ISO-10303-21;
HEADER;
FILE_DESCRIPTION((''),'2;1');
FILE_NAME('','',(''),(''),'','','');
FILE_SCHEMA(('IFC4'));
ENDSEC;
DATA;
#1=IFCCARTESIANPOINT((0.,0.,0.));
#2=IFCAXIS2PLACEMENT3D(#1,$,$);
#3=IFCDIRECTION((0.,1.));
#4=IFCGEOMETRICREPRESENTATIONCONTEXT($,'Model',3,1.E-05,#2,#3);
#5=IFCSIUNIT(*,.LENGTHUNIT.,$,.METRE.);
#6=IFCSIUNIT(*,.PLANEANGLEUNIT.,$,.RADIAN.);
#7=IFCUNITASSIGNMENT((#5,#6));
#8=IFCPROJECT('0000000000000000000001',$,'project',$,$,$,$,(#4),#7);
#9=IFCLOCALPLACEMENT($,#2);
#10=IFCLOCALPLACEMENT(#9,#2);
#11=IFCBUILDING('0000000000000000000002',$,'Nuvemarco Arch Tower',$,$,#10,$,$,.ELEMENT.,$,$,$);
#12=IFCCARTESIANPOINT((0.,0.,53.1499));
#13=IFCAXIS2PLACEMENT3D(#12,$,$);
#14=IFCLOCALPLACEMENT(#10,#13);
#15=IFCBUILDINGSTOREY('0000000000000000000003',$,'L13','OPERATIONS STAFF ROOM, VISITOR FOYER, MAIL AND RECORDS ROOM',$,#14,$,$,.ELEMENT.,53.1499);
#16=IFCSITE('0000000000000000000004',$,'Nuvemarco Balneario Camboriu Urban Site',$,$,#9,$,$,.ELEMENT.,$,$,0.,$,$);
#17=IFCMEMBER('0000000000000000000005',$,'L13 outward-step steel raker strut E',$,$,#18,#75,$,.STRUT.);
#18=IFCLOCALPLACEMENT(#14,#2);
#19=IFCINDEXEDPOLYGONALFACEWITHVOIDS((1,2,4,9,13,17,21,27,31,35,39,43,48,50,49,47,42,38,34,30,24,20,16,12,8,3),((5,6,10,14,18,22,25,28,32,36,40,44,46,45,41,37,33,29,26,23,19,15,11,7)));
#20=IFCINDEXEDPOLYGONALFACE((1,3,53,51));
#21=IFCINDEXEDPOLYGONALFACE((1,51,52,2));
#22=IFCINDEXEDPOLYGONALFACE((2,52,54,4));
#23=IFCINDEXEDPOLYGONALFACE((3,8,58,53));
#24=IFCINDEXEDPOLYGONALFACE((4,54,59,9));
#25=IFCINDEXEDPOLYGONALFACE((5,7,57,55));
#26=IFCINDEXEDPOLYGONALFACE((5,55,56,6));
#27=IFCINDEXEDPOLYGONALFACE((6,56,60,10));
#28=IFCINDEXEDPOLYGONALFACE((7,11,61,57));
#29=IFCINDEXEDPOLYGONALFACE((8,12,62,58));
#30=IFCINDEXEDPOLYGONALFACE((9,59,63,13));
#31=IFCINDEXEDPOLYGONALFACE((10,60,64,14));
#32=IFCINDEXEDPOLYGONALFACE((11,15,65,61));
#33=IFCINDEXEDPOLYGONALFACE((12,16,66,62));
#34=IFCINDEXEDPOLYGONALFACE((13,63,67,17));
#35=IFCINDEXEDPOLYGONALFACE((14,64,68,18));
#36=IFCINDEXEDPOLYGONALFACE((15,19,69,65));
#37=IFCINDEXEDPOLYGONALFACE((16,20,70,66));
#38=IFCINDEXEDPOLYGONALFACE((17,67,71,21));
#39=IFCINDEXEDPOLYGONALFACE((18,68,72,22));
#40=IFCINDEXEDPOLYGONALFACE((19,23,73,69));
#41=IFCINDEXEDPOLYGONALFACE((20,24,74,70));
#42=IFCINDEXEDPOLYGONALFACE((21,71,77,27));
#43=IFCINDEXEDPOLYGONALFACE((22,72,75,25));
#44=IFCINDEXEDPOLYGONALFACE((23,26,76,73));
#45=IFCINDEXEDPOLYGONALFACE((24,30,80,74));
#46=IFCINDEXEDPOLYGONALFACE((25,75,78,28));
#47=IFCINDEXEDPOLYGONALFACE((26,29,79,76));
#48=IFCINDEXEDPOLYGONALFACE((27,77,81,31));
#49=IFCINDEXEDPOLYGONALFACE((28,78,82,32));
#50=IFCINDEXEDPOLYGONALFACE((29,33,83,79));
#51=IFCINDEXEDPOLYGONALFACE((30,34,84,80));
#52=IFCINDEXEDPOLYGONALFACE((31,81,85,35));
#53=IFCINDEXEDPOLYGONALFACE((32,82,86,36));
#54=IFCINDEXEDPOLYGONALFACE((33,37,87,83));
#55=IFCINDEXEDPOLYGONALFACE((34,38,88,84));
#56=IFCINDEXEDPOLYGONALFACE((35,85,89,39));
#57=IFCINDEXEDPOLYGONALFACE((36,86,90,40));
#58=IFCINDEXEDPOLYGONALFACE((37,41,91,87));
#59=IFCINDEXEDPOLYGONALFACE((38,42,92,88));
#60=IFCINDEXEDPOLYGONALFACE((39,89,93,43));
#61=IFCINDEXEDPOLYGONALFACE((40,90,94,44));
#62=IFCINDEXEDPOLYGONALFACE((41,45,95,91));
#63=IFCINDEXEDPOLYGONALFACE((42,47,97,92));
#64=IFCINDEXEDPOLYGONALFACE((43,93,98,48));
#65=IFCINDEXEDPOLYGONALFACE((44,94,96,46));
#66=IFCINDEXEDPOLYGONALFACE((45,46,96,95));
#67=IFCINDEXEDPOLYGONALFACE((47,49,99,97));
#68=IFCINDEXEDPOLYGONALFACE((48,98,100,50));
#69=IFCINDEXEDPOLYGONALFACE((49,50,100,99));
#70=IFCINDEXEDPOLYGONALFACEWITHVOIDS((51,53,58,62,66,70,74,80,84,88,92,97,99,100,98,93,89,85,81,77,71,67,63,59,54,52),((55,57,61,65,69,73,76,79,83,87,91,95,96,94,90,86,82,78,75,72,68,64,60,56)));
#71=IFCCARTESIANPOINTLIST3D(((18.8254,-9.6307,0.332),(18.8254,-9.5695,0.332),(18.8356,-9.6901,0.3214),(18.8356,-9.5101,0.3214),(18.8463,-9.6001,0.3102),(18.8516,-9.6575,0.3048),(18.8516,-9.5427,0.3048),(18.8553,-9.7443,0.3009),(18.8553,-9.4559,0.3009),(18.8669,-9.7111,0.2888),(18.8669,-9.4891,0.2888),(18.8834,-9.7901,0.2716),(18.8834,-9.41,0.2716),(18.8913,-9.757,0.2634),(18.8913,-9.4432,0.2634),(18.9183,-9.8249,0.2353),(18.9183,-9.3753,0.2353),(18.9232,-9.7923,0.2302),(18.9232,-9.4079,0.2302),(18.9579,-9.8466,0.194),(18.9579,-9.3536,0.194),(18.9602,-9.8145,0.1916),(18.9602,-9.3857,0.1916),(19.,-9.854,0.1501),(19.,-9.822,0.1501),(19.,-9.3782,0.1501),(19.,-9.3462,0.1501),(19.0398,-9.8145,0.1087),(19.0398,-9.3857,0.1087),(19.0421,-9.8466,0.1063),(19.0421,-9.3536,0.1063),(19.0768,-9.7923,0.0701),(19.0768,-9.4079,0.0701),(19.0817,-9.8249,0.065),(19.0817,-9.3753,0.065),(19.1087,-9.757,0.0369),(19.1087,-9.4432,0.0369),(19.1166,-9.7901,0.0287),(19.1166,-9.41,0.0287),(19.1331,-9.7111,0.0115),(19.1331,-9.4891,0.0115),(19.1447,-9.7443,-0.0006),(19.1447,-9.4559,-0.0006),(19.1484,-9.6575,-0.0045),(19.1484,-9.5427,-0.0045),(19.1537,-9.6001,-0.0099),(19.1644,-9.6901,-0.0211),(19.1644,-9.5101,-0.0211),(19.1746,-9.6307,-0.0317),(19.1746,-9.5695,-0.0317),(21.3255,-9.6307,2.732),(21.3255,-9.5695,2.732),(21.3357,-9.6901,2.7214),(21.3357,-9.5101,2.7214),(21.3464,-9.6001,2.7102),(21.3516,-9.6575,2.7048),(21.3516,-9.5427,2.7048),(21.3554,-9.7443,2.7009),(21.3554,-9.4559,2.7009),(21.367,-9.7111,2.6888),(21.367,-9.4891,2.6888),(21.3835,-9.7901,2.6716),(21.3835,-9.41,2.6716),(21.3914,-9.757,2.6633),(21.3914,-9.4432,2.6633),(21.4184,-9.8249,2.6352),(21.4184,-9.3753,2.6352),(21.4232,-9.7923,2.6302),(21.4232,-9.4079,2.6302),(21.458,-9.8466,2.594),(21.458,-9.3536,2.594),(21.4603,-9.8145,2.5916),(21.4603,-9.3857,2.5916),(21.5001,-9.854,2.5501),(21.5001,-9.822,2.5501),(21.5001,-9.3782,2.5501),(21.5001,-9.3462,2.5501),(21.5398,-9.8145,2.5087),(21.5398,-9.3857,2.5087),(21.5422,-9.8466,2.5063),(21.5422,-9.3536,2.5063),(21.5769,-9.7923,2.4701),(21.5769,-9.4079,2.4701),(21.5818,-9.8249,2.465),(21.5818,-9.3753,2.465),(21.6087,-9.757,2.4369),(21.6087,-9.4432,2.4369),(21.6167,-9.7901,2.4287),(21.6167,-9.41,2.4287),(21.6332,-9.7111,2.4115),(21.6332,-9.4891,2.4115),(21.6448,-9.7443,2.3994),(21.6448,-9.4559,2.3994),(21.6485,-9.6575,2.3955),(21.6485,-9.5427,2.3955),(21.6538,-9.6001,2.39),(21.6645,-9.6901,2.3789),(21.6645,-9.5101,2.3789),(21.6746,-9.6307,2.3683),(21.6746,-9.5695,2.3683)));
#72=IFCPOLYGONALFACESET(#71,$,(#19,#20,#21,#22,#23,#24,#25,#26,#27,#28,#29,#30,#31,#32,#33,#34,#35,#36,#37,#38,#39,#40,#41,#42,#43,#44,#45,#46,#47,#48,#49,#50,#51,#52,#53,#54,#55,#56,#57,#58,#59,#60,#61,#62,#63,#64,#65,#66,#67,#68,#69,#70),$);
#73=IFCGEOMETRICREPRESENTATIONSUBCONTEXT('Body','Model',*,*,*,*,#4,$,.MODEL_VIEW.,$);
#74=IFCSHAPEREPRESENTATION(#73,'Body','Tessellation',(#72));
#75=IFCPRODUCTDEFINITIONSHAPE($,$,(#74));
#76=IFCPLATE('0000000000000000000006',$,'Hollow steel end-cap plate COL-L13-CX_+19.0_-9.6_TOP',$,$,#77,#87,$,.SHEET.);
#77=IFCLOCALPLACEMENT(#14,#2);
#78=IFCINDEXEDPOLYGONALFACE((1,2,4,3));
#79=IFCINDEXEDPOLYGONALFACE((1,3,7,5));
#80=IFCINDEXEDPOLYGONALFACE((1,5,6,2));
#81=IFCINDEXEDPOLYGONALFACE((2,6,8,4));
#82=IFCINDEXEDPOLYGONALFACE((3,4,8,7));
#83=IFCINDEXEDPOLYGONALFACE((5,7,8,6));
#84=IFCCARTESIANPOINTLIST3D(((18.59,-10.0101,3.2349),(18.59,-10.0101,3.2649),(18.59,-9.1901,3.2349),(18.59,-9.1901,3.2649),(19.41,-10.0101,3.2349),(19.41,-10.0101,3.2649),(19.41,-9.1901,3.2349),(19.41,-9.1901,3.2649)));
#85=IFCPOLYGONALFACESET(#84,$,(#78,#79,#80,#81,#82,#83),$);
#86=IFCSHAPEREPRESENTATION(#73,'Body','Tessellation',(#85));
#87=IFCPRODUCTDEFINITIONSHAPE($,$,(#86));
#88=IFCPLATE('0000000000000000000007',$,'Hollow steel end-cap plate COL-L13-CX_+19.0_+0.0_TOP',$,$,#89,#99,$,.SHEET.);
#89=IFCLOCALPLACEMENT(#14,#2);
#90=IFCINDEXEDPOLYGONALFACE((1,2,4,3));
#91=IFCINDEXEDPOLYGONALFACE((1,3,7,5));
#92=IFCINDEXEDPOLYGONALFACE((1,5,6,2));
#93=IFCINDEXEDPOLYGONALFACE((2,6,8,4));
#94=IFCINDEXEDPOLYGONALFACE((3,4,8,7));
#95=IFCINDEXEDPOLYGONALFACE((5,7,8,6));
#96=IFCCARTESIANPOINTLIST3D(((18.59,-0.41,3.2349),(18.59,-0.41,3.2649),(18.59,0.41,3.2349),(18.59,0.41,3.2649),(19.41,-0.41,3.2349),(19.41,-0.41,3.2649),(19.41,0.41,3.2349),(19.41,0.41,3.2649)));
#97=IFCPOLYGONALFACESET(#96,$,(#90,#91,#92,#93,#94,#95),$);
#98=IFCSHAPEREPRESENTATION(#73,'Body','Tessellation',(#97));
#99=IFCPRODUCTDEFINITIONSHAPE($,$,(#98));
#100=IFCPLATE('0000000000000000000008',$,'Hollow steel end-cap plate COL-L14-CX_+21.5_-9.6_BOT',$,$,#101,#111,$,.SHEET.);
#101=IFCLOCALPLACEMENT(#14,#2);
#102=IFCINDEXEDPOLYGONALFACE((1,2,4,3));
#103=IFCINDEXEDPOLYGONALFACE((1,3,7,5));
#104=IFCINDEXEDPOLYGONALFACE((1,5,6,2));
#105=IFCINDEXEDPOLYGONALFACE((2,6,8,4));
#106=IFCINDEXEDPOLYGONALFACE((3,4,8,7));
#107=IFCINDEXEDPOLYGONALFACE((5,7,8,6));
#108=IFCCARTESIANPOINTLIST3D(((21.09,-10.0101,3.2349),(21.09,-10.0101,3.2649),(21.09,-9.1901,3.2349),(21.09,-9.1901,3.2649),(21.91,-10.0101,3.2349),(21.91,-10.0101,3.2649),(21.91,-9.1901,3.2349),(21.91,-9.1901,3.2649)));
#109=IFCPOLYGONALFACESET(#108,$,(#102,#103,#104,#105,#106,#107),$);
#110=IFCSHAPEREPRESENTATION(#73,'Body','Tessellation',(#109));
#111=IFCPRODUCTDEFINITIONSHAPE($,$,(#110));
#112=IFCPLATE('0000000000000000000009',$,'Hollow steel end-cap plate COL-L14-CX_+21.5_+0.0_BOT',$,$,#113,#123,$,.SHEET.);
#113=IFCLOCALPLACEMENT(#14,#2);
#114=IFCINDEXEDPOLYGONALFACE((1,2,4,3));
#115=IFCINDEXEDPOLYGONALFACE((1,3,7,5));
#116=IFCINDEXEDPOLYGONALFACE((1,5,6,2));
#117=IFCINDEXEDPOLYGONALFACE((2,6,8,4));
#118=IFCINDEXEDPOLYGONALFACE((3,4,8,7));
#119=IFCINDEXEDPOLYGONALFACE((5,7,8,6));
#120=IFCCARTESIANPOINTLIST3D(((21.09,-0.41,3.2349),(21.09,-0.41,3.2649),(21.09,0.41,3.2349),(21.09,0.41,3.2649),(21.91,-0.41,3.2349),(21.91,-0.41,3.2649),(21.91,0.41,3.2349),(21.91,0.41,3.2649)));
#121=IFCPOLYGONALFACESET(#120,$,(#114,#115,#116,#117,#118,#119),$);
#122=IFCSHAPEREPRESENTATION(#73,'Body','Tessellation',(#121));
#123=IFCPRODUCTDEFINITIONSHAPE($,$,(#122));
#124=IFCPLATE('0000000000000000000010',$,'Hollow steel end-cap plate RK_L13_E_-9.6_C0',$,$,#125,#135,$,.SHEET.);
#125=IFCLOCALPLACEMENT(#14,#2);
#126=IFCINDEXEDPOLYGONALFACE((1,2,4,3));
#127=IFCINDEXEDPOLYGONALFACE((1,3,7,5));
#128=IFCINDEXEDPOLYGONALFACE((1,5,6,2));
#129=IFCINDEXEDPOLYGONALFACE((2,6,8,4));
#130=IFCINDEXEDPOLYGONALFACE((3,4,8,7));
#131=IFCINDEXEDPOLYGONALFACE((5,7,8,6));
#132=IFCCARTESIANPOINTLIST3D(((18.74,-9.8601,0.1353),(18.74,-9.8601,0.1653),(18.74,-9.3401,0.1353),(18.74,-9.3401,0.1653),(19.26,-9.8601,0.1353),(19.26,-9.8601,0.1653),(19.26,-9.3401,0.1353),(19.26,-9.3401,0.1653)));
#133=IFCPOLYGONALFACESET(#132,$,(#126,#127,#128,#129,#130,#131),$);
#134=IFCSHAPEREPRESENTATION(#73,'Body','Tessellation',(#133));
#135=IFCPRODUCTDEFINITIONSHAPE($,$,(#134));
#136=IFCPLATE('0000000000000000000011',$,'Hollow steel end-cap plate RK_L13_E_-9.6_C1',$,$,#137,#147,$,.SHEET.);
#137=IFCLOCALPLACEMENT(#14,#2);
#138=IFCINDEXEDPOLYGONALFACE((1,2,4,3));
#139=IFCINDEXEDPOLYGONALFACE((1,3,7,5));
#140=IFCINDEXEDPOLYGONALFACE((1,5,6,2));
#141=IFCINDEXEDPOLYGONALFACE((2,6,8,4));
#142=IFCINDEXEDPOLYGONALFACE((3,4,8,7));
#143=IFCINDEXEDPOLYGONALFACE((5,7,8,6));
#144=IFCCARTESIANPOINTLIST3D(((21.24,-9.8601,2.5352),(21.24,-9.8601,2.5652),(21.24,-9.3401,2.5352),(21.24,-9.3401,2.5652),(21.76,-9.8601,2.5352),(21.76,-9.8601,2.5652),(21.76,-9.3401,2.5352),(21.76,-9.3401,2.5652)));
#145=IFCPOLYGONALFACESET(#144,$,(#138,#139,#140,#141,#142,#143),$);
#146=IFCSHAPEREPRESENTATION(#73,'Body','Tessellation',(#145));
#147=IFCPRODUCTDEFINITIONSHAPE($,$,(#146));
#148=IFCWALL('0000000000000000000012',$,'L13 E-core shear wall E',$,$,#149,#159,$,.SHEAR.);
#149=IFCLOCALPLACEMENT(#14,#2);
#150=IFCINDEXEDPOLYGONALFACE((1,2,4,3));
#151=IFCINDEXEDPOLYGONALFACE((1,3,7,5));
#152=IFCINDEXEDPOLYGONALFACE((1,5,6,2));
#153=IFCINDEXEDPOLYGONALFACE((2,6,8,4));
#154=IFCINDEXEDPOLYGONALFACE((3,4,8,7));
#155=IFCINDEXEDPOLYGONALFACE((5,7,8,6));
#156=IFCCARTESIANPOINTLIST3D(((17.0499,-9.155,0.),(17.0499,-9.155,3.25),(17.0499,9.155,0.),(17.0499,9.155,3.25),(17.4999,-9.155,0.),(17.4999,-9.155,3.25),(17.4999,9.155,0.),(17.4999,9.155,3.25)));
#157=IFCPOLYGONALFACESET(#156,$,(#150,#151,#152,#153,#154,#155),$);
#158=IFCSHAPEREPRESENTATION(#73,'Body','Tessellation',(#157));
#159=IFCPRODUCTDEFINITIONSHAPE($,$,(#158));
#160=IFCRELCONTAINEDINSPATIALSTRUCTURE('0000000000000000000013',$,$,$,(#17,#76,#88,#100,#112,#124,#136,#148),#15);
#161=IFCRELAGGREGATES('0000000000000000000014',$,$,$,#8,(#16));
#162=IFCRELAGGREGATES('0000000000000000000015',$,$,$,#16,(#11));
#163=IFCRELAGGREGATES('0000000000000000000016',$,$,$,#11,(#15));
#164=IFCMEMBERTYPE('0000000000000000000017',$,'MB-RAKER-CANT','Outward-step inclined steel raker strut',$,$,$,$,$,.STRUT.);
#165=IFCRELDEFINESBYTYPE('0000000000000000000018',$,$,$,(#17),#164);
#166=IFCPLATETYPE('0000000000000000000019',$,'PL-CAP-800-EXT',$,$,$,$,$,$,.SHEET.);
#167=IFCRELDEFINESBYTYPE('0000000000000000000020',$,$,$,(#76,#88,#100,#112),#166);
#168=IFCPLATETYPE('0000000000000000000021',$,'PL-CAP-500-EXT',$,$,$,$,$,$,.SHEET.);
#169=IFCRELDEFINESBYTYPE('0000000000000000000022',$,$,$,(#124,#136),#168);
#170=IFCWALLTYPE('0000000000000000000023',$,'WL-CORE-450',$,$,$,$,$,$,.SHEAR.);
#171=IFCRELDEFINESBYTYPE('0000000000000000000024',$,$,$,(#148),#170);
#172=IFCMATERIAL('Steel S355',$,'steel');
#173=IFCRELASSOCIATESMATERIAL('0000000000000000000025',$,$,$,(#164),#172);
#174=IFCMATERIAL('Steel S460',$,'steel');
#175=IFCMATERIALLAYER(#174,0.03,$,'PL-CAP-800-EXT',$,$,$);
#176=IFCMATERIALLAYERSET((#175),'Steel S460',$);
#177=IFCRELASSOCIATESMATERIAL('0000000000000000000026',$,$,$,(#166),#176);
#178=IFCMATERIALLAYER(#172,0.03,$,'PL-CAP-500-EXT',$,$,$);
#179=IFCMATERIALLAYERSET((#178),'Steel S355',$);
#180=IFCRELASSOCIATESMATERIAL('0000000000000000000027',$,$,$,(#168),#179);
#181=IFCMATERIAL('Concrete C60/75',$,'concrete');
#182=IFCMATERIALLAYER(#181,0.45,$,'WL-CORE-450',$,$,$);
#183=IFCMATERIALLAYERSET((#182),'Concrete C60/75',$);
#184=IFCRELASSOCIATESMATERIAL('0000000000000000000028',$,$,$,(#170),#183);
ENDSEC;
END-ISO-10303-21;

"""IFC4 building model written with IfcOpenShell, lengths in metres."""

from ifc_helpers import new_model, si_unit, direction, frame, frame_2d, origin, origin_2d, place, context, subcontext, project, spatial, rectangle, hollow_circle, extrude, source, transform, mapped, material, layer, layer_set, material_profile, profile_set, type_object, type_shapes, element, save


model = new_model("IFC4")

# Units and contexts
model_context = context("Model", 3, precision=1e-05, world=origin(), true_north=direction((0.0, 1.0)))
body_context = subcontext(model_context, "Body", "Model", "MODEL_VIEW")
ifc_project = project(units=[si_unit("LENGTHUNIT", "METRE"), si_unit("PLANEANGLEUNIT", "RADIAN")], contexts=[model_context])

# Site, building, storey
site_placement = place(None, origin())
site = spatial("IfcSite", under=ifc_project, at=site_placement, Name="Nuvemarco Balneario Camboriu Urban Site", CompositionType="ELEMENT", RefElevation=0.0)
building_placement = place(site_placement, origin())
building = spatial("IfcBuilding", under=site, at=building_placement, Name="Nuvemarco Arch Tower", CompositionType="ELEMENT")
storey_placement = place(building_placement, frame((0.0, 0.0, 53.1499)))
storey = spatial("IfcBuildingStorey", under=building, at=storey_placement, Name="L13", Description="OPERATIONS STAFF ROOM, VISITOR FOYER, MAIL AND RECORDS ROOM", CompositionType="ELEMENT", Elevation=53.1499)

# Shared definitions
ifc_material_1 = material(Name="Concrete C60/75", Category="concrete")
ifc_material_2 = material(Name="Steel S460", Category="steel")

# Shared definitions
ifc_material_3 = material(Name="Steel S355", Category="steel")

# Member
ifc_material_profile_1 = material_profile(ifc_material_3, hollow_circle(Radius=0.2539, WallThickness=0.032, at=origin_2d()), Name="CHS508x32")
ifc_profile_set_1 = profile_set([ifc_material_profile_1], Name="Steel S355")
member_type = type_object("IfcMemberType", Name="MB-RAKER-CANT", Description="Outward-step inclined steel raker strut", PredefinedType="STRUT", material=ifc_profile_set_1)
member_placement = place(storey_placement, frame((19.0, -9.6001, 0.1501), z_axis=(0.721401, 0.0, 0.692517), x_axis=(0.0, 1.0, 0.0)))
element("IfcMember", 1, at=member_placement, inside=storey, type_object=member_type, Name="L13 outward-step steel raker strut E", PredefinedType="STRUT", context=body_context, shape_type="SweptSolid", body=[
    extrude(hollow_circle(Radius=0.2539, WallThickness=0.032, at=origin_2d()), origin(), (0.0, 0.0, 1.0), 3.4656),
])

# Plates
ifc_layer_1 = layer(ifc_material_2, 0.03, Name="PL-CAP-800-EXT")
ifc_layer_set_1 = layer_set([ifc_layer_1], Name="Steel S460")
plate_type_1 = type_object("IfcPlateType", Name="PL-CAP-800-EXT", PredefinedType="SHEET", material=ifc_layer_set_1)
shared_shape_1 = source(origin(), body_context, "Body", "SweptSolid", [
    extrude(rectangle(XDim=0.8201, YDim=0.8201, at=origin_2d()), origin(), (0.0, 0.0, 1.0), 0.03),
])
type_shapes(plate_type_1, [shared_shape_1])
for number, where, z_axis, x_axis, name in (
    (2, (19.0, -9.6001, 3.2349), (0.0, 0.0, 1.0), (1.0, 0.0, 0.0), "Hollow steel end-cap plate COL-L13-CX_+19.0_-9.6_TOP"),
    (3, (19.0, 0.0, 3.2349), (0.0, 0.0, 1.0), (1.0, 0.0, 0.0), "Hollow steel end-cap plate COL-L13-CX_+19.0_+0.0_TOP"),
    (4, (21.5, -9.6001, 3.2349), (0.0, 0.0, 1.0), (1.0, 0.0, 0.0), "Hollow steel end-cap plate COL-L14-CX_+21.5_-9.6_BOT"),
    (5, (21.5, 0.0, 3.2349), (0.0, 0.0, 1.0), (1.0, 0.0, 0.0), "Hollow steel end-cap plate COL-L14-CX_+21.5_+0.0_BOT"),
):
    element("IfcPlate", number, at=place(storey_placement, frame(where, z_axis=z_axis, x_axis=x_axis)), inside=storey, type_object=plate_type_1, Name=name, PredefinedType="SHEET", context=body_context, shape_type="MappedRepresentation", body=[
        mapped(shared_shape_1, transform((0.0, 0.0, 0.0), scale=1.0)),
    ])
ifc_layer_2 = layer(ifc_material_3, 0.03, Name="PL-CAP-500-EXT")
ifc_layer_set_2 = layer_set([ifc_layer_2], Name="Steel S355")
plate_type_2 = type_object("IfcPlateType", Name="PL-CAP-500-EXT", PredefinedType="SHEET", material=ifc_layer_set_2)
shared_shape_2 = source(origin(), body_context, "Body", "SweptSolid", [
    extrude(rectangle(XDim=0.52, YDim=0.52, at=origin_2d()), origin(), (0.0, 0.0, 1.0), 0.03),
])
type_shapes(plate_type_2, [shared_shape_2])
for number, where, z_axis, x_axis, name in (
    (6, (19.0, -9.6001, 0.1353), (0.0, 0.0, 1.0), (1.0, 0.0, 0.0), "Hollow steel end-cap plate RK_L13_E_-9.6_C0"),
    (7, (21.5, -9.6001, 2.5352), (0.0, 0.0, 1.0), (1.0, 0.0, 0.0), "Hollow steel end-cap plate RK_L13_E_-9.6_C1"),
):
    element("IfcPlate", number, at=place(storey_placement, frame(where, z_axis=z_axis, x_axis=x_axis)), inside=storey, type_object=plate_type_2, Name=name, PredefinedType="SHEET", context=body_context, shape_type="MappedRepresentation", body=[
        mapped(shared_shape_2, transform((0.0, 0.0, 0.0), scale=1.0)),
    ])

# Wall
ifc_layer_3 = layer(ifc_material_1, 0.45, Name="WL-CORE-450")
ifc_layer_set_3 = layer_set([ifc_layer_3], Name="Concrete C60/75")
wall_type_1 = type_object("IfcWallType", Name="WL-CORE-450", PredefinedType="SHEAR", material=ifc_layer_set_3)
wall_1_placement = place(storey_placement, frame((17.2749, -9.155, 0.0), z_axis=(0.0, 0.0, 1.0), x_axis=(0.0, 1.0, 0.0)))
element("IfcWall", 8, at=wall_1_placement, inside=storey, type_object=wall_type_1, Name="L13 E-core shear wall E", PredefinedType="SHEAR", context=body_context, shape_type="SweptSolid", body=[
    extrude(rectangle(XDim=18.3101, YDim=0.45, at=frame_2d((9.155, 0.0))), origin(), (0.0, 0.0, 1.0), 3.25),
])

save(model, "model.ifc")
